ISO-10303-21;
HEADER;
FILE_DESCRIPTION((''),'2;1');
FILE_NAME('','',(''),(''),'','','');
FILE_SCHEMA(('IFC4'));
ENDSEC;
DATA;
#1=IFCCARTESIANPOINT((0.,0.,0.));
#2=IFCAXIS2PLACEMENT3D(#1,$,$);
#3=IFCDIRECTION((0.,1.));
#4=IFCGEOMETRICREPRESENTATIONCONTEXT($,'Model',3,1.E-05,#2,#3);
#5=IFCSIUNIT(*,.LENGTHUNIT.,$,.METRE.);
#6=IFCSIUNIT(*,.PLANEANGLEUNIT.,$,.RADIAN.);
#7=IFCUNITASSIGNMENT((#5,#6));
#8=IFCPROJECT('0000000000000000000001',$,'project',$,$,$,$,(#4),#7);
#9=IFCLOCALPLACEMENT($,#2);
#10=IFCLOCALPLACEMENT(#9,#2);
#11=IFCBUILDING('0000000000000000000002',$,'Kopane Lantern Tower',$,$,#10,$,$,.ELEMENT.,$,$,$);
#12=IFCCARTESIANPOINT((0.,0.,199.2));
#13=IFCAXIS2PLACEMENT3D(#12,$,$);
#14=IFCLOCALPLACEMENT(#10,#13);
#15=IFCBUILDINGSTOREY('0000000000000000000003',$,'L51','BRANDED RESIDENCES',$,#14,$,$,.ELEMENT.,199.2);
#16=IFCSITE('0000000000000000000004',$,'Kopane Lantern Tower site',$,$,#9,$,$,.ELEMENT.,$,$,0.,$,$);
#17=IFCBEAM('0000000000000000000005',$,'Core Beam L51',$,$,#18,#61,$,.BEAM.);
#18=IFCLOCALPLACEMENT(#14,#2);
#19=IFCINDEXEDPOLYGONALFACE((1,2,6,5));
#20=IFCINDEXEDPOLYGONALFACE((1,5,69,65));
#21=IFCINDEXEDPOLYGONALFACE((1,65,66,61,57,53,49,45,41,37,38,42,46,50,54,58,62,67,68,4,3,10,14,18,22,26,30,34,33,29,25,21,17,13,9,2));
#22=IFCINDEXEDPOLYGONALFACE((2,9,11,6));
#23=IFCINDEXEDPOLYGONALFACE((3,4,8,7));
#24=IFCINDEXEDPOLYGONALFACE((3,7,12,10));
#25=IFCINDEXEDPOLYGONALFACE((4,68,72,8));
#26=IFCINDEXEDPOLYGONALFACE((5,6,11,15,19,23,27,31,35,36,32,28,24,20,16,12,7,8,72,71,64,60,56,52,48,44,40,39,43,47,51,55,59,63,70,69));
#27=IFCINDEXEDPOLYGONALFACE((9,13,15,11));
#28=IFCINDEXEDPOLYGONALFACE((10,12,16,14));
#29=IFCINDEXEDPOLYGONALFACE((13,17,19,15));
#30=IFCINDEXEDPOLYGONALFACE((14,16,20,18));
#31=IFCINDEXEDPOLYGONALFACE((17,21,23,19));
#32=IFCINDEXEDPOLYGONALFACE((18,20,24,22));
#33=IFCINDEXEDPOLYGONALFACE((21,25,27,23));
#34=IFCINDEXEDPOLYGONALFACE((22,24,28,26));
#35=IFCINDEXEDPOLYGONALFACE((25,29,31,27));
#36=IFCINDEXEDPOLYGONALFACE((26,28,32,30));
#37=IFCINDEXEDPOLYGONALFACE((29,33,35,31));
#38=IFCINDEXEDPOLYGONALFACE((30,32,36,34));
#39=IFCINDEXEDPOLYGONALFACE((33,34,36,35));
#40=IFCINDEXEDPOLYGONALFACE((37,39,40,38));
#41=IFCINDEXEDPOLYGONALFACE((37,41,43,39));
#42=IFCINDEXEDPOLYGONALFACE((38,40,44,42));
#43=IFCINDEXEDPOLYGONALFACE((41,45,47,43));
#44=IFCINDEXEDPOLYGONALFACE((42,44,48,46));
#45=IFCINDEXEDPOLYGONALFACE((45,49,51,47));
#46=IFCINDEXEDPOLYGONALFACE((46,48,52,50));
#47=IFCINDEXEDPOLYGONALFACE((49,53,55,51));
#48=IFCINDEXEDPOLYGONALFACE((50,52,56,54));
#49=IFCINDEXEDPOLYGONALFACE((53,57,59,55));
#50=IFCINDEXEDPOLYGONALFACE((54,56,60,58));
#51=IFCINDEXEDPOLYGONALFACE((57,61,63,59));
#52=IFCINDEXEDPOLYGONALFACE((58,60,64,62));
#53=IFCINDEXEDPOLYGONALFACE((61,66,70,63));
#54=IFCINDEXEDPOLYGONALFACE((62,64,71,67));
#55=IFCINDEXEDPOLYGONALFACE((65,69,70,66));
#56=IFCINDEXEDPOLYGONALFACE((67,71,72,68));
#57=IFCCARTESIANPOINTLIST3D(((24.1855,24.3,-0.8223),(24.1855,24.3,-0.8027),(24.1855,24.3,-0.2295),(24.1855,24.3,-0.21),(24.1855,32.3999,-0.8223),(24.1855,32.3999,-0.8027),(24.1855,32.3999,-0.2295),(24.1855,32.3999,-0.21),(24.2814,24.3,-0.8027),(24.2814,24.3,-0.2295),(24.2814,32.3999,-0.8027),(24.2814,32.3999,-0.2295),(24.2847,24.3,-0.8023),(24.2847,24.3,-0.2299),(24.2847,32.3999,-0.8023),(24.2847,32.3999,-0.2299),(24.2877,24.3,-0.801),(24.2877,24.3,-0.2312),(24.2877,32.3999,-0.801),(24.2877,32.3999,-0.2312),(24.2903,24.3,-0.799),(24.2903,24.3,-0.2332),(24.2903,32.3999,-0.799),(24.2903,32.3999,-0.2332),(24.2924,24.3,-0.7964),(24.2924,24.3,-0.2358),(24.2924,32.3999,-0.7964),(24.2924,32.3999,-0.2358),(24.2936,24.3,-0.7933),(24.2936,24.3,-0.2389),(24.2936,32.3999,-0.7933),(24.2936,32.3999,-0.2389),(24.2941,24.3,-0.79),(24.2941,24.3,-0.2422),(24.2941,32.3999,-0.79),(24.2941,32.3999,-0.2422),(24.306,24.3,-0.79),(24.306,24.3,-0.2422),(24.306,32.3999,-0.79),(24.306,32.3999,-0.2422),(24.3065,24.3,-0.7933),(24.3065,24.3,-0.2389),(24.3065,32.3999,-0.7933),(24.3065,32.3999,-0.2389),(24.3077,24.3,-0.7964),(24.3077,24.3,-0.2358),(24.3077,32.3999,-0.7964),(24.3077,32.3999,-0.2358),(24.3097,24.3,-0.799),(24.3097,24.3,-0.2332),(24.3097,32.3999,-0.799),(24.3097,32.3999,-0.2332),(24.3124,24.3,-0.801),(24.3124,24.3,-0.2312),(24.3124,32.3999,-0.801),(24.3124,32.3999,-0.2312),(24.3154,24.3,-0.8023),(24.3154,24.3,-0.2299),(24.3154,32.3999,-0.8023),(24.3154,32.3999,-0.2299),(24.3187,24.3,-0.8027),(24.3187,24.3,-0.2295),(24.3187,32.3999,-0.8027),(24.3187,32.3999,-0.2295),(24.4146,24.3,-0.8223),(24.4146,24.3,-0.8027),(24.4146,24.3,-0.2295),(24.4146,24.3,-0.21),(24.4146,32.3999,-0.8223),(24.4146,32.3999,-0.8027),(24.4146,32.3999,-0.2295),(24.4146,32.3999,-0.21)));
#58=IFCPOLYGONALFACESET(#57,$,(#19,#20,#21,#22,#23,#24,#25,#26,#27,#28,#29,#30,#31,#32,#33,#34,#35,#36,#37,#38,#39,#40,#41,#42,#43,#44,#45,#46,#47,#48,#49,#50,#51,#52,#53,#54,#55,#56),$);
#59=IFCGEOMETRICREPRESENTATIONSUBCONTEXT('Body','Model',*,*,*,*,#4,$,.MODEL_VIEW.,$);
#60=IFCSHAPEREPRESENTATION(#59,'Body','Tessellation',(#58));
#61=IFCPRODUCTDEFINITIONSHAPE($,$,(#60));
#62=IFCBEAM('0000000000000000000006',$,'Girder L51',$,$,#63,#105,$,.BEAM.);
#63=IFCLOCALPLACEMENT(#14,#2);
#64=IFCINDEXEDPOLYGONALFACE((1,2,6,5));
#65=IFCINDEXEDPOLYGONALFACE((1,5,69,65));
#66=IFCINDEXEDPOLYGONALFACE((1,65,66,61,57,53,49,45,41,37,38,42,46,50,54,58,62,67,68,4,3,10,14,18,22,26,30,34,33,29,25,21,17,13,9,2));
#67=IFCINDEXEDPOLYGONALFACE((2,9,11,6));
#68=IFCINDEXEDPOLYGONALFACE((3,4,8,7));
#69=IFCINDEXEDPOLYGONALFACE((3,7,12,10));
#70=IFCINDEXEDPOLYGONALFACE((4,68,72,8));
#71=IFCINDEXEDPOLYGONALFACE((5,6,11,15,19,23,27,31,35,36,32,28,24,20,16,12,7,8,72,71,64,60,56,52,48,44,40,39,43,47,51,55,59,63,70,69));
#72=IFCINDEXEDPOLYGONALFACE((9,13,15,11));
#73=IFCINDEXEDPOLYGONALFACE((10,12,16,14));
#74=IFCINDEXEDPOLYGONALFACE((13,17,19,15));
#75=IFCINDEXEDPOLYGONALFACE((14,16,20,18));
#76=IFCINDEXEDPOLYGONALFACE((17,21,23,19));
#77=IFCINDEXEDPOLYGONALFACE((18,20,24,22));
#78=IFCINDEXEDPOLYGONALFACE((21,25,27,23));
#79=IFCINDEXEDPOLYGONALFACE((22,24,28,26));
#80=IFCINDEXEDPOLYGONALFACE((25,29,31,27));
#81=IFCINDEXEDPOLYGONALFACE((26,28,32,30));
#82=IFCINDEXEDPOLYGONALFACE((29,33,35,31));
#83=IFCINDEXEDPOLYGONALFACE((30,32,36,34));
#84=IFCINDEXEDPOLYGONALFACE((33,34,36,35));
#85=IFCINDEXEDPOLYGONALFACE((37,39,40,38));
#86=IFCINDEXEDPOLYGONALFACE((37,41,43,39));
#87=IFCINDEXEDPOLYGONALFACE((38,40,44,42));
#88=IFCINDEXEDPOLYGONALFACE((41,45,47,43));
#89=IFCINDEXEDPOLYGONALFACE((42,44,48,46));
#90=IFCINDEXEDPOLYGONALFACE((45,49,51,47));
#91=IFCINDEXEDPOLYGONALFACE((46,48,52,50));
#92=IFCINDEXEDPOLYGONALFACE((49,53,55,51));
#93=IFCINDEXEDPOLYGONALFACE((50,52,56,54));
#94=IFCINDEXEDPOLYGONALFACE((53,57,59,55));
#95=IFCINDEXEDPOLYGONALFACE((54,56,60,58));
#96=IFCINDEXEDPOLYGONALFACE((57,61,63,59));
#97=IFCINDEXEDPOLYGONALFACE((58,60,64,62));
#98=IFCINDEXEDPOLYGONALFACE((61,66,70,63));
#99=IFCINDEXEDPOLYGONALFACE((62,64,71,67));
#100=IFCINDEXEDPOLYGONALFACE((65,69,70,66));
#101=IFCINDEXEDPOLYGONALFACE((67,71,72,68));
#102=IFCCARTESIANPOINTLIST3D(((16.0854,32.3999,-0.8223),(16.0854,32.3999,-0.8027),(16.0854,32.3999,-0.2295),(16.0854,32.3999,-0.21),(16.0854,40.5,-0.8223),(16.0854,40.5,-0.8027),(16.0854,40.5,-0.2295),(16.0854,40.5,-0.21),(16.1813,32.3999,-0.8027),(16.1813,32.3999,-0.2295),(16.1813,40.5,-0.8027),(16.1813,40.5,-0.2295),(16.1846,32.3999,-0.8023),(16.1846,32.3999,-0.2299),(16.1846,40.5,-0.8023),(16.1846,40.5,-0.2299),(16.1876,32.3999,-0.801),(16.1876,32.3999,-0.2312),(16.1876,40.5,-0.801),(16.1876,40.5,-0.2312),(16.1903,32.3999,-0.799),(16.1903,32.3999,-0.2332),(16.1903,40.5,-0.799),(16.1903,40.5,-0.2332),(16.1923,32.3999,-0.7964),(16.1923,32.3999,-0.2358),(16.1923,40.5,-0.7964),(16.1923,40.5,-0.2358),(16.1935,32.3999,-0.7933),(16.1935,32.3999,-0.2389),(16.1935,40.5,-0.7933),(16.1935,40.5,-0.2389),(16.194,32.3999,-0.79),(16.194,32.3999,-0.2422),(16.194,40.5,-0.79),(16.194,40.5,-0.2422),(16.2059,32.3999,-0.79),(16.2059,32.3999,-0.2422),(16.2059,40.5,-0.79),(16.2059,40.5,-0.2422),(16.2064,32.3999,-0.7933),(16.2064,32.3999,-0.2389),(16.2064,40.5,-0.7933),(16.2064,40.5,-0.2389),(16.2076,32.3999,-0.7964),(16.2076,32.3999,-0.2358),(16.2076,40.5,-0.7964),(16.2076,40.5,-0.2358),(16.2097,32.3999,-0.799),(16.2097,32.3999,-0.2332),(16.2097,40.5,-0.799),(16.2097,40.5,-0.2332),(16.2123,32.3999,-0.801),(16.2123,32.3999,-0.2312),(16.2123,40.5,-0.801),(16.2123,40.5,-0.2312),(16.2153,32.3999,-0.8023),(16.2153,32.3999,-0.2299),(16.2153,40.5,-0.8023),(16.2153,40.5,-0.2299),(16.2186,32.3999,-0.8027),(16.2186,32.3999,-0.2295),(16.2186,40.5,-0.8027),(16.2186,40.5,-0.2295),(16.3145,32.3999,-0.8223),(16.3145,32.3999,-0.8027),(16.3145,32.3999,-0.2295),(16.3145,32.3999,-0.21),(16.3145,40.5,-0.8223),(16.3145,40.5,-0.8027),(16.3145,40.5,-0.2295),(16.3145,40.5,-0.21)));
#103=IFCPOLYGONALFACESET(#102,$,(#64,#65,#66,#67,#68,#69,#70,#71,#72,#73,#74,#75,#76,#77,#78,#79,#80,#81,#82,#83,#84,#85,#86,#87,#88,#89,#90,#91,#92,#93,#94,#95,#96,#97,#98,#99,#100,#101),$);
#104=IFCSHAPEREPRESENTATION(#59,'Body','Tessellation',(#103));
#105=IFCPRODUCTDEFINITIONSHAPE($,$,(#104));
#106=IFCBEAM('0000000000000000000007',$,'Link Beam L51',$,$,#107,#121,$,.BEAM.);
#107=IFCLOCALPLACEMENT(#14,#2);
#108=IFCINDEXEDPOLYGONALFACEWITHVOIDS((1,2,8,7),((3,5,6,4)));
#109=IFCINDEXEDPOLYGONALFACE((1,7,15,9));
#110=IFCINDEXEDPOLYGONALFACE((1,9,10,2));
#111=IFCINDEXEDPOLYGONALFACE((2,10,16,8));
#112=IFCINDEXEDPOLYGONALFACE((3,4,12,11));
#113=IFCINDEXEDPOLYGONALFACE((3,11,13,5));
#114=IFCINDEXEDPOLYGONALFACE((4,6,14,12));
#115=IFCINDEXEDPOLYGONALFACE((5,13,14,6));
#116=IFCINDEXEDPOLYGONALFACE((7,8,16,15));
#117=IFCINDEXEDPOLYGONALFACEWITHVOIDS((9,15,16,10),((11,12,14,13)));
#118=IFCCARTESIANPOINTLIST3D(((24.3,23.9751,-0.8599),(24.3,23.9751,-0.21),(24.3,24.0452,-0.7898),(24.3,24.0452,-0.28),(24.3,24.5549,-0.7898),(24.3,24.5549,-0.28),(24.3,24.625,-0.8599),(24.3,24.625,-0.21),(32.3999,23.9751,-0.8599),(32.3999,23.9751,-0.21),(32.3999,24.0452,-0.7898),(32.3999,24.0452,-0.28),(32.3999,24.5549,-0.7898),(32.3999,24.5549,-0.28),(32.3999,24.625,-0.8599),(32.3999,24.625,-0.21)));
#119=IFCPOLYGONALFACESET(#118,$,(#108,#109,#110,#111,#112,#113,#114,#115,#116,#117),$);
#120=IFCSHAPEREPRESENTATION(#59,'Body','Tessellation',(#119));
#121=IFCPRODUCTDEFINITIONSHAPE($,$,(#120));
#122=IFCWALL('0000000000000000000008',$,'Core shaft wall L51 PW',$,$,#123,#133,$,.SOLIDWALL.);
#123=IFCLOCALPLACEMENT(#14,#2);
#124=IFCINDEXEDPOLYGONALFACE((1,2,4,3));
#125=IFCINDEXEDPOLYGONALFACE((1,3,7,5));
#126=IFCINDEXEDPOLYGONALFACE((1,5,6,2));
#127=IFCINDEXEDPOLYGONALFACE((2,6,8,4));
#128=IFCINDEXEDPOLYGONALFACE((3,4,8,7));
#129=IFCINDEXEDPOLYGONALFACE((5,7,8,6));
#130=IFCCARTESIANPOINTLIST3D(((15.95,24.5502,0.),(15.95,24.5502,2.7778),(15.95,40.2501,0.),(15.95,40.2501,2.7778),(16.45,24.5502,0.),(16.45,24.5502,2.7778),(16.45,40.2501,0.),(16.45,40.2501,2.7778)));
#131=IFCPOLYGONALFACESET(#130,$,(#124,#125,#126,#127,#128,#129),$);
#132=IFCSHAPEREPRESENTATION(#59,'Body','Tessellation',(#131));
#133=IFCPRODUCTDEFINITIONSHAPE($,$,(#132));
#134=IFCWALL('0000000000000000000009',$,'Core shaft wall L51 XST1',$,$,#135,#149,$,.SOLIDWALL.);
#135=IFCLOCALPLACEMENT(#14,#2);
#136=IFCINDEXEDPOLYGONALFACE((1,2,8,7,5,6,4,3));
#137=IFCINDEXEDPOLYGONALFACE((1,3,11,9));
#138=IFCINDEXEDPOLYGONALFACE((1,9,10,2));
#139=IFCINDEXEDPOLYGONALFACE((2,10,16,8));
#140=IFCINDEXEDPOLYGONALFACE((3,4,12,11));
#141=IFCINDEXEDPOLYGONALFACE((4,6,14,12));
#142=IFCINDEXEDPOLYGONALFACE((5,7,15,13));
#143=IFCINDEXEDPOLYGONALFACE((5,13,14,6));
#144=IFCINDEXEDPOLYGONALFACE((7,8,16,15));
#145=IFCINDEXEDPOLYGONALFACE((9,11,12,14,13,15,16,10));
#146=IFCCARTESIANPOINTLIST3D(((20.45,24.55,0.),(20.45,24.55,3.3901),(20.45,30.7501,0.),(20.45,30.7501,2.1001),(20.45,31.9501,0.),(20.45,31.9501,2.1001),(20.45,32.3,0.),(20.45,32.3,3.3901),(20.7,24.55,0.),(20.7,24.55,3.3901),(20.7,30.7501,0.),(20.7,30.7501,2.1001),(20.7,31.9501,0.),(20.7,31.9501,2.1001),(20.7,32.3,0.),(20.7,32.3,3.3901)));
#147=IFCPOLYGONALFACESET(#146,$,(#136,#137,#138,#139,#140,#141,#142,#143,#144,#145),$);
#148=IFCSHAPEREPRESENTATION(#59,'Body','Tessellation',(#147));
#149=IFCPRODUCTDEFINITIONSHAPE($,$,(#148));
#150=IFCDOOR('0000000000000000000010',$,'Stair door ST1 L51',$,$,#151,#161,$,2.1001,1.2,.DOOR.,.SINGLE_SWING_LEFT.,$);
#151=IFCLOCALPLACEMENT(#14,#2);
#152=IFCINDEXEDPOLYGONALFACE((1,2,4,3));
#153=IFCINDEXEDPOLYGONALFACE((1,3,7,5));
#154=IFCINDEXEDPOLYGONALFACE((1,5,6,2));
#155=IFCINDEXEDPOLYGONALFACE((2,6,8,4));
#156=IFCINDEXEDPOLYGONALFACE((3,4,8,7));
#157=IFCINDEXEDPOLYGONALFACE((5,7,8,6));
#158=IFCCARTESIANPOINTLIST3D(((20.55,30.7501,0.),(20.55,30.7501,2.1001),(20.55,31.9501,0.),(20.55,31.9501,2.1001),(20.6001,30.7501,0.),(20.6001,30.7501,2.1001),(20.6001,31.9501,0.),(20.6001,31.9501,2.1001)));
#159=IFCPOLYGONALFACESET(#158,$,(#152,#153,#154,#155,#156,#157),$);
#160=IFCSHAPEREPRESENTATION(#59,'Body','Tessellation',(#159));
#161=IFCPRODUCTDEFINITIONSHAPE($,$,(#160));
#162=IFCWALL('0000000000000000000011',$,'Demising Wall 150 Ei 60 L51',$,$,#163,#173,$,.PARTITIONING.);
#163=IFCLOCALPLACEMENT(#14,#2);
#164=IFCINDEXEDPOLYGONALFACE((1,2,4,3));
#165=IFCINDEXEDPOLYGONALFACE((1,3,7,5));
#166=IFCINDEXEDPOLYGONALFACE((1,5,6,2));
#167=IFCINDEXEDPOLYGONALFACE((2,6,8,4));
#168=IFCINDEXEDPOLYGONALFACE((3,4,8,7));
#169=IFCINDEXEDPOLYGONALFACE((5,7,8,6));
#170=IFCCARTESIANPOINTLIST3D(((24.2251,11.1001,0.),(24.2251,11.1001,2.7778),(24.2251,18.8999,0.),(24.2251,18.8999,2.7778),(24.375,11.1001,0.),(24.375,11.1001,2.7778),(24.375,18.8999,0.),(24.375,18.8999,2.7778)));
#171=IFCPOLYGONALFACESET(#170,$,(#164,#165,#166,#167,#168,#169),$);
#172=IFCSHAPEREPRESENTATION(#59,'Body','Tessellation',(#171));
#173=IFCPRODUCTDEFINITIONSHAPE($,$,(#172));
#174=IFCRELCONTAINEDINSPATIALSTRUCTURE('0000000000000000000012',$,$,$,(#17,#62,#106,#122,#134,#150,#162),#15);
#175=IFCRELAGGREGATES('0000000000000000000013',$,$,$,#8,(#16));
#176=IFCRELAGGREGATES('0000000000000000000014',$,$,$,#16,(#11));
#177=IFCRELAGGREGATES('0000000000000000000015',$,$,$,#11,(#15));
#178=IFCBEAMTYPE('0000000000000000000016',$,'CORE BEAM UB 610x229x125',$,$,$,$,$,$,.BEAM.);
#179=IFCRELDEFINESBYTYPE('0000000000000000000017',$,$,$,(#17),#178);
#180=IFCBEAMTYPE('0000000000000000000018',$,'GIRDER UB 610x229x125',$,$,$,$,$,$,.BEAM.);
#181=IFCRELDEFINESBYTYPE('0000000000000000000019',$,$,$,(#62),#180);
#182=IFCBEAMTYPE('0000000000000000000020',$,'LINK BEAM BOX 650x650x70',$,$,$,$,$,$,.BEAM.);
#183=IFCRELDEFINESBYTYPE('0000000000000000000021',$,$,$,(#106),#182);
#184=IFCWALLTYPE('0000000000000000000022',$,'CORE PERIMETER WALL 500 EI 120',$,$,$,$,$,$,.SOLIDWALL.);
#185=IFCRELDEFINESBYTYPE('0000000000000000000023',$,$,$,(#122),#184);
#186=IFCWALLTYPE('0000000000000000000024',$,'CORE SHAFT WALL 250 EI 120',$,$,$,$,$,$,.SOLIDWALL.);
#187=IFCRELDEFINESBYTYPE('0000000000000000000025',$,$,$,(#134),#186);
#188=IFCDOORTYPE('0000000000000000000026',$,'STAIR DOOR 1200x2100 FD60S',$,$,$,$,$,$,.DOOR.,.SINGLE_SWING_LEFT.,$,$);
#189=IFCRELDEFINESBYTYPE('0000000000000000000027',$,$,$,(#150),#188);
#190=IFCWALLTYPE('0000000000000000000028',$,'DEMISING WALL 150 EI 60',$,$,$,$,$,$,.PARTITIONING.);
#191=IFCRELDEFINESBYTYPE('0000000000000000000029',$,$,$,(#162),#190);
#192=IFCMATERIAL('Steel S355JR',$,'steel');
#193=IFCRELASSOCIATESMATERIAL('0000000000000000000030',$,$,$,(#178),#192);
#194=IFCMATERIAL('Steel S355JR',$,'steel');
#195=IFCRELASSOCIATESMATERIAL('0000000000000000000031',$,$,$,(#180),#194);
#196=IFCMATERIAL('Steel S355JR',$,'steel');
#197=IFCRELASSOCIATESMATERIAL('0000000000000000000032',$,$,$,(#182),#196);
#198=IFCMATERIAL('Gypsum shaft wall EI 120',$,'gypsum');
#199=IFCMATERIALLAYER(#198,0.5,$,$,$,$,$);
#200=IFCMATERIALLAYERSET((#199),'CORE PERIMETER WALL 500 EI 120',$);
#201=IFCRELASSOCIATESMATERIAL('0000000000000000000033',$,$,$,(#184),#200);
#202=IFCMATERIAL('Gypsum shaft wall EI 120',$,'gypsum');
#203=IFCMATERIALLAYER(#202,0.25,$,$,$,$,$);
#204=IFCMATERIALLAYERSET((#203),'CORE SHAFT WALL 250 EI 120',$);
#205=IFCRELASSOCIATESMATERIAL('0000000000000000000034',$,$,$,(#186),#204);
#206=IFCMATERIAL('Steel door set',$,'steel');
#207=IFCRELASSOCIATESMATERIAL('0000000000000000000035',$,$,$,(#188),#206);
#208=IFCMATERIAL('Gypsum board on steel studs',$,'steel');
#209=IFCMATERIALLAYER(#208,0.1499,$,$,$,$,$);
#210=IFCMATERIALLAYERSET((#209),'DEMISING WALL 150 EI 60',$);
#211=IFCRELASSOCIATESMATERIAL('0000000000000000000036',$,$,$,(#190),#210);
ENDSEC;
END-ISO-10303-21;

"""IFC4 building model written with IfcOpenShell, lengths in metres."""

from ifc_helpers import new_model, si_unit, direction, frame, frame_2d, origin, origin_2d, place, context, subcontext, project, spatial, rectangle, hollow_rectangle, i_section, extrude, material, layer, layer_set, material_profile, profile_set, type_object, element, fill, save


model = new_model("IFC4")

# Units and contexts
model_context = context("Model", 3, precision=1e-05, world=origin(), true_north=direction((0.0, 1.0)))
body_context = subcontext(model_context, "Body", "Model", "MODEL_VIEW")
ifc_project = project(units=[si_unit("LENGTHUNIT", "METRE"), si_unit("PLANEANGLEUNIT", "RADIAN")], contexts=[model_context])

# Site, building, storey
site_placement = place(None, origin())
site = spatial("IfcSite", under=ifc_project, at=site_placement, Name="Kopane Lantern Tower site", CompositionType="ELEMENT", RefElevation=0.0)
building_placement = place(site_placement, origin())
building = spatial("IfcBuilding", under=site, at=building_placement, Name="Kopane Lantern Tower", CompositionType="ELEMENT")
storey_placement = place(building_placement, frame((0.0, 0.0, 199.2)))
storey = spatial("IfcBuildingStorey", under=building, at=storey_placement, Name="L51", Description="BRANDED RESIDENCES", CompositionType="ELEMENT", Elevation=199.2)

# Beams
ifc_material_1 = material(Name="Steel S355JR", Category="steel")
ifc_material_profile_1 = material_profile(ifc_material_1, i_section(OverallWidth=0.229, OverallDepth=0.6123, WebThickness=0.012, FlangeThickness=0.0195, FilletRadius=0.0127, at=origin_2d()), Name="UB 610x229x125")
ifc_profile_set_1 = profile_set([ifc_material_profile_1], Name="Steel S355JR")
beam_type_1 = type_object("IfcBeamType", Name="CORE BEAM UB 610x229x125", PredefinedType="BEAM", material=ifc_profile_set_1)
beam_1_placement = place(storey_placement, frame((24.3, 24.3, -0.5161), z_axis=(0.0, 1.0, 0.0), x_axis=(-1.0, 0.0, 0.0)))
element("IfcBeam", 1, at=beam_1_placement, inside=storey, type_object=beam_type_1, Name="Core Beam L51", PredefinedType="BEAM", context=body_context, shape_type="SweptSolid", body=[
    extrude(i_section(OverallWidth=0.229, OverallDepth=0.6123, WebThickness=0.012, FlangeThickness=0.0195, FilletRadius=0.0127, at=origin_2d()), origin(), (0.0, 0.0, 1.0), 8.0999),
])
ifc_material_2 = material(Name="Steel S355JR", Category="steel")
ifc_material_profile_2 = material_profile(ifc_material_2, i_section(OverallWidth=0.229, OverallDepth=0.6123, WebThickness=0.012, FlangeThickness=0.0195, FilletRadius=0.0127, at=origin_2d()), Name="UB 610x229x125")
ifc_profile_set_2 = profile_set([ifc_material_profile_2], Name="Steel S355JR")
beam_type_2 = type_object("IfcBeamType", Name="GIRDER UB 610x229x125", PredefinedType="BEAM", material=ifc_profile_set_2)
beam_2_placement = place(storey_placement, frame((16.2, 32.3999, -0.5161), z_axis=(0.0, 1.0, 0.0), x_axis=(-1.0, 0.0, 0.0)))
element("IfcBeam", 2, at=beam_2_placement, inside=storey, type_object=beam_type_2, Name="Girder L51", PredefinedType="BEAM", context=body_context, shape_type="SweptSolid", body=[
    extrude(i_section(OverallWidth=0.229, OverallDepth=0.6123, WebThickness=0.012, FlangeThickness=0.0195, FilletRadius=0.0127, at=origin_2d()), origin(), (0.0, 0.0, 1.0), 8.1001),
])
ifc_material_3 = material(Name="Steel S355JR", Category="steel")
ifc_material_profile_3 = material_profile(ifc_material_3, hollow_rectangle(XDim=0.6499, YDim=0.6499, WallThickness=0.0701, at=origin_2d()), Name="BOX 650x650x70")
ifc_profile_set_3 = profile_set([ifc_material_profile_3], Name="Steel S355JR")
beam_type_3 = type_object("IfcBeamType", Name="LINK BEAM BOX 650x650x70", PredefinedType="BEAM", material=ifc_profile_set_3)
beam_3_placement = place(storey_placement, frame((24.3, 24.3, -0.5349), z_axis=(1.0, 0.0, 0.0), x_axis=(0.0, 1.0, 0.0)))
element("IfcBeam", 3, at=beam_3_placement, inside=storey, type_object=beam_type_3, Name="Link Beam L51", PredefinedType="BEAM", context=body_context, shape_type="SweptSolid", body=[
    extrude(hollow_rectangle(XDim=0.6499, YDim=0.6499, WallThickness=0.0701, at=origin_2d()), origin(), (0.0, 0.0, 1.0), 8.0999),
])

# Wall
ifc_material_4 = material(Name="Gypsum shaft wall EI 120", Category="gypsum")
ifc_layer_1 = layer(ifc_material_4, 0.5)
ifc_layer_set_1 = layer_set([ifc_layer_1], Name="CORE PERIMETER WALL 500 EI 120")
wall_type_1 = type_object("IfcWallType", Name="CORE PERIMETER WALL 500 EI 120", PredefinedType="SOLIDWALL", material=ifc_layer_set_1)
wall_1_placement = place(storey_placement, frame((16.2, 24.55, 0.0), z_axis=(0.0, 0.0, 1.0), x_axis=(0.0, 1.0, 0.0)))
element("IfcWall", 4, at=wall_1_placement, inside=storey, type_object=wall_type_1, Name="Core shaft wall L51 PW", PredefinedType="SOLIDWALL", context=body_context, shape_type="SweptSolid", body=[
    extrude(rectangle(XDim=15.7, YDim=0.5, at=frame_2d((7.8501, 0.0))), origin(), (0.0, 0.0, 1.0), 2.7778),
])

# Wall, opening, door
ifc_material_5 = material(Name="Gypsum shaft wall EI 120", Category="gypsum")
ifc_layer_2 = layer(ifc_material_5, 0.25)
ifc_layer_set_2 = layer_set([ifc_layer_2], Name="CORE SHAFT WALL 250 EI 120")
wall_type_2 = type_object("IfcWallType", Name="CORE SHAFT WALL 250 EI 120", PredefinedType="SOLIDWALL", material=ifc_layer_set_2)
wall_2_placement = place(storey_placement, frame((20.575, 24.55, 0.0), z_axis=(0.0, 0.0, 1.0), x_axis=(0.0, 1.0, 0.0)))
wall_2 = element("IfcWall", 5, at=wall_2_placement, inside=storey, type_object=wall_type_2, Name="Core shaft wall L51 XST1", PredefinedType="SOLIDWALL", context=body_context, shape_type="SweptSolid", body=[
    extrude(rectangle(XDim=7.75, YDim=0.25, at=frame_2d((3.875, 0.0))), origin(), (0.0, 0.0, 1.0), 3.3901),
])
opening_1_placement = place(wall_2_placement, frame((6.2, 0.0, 0.0)))
opening_1 = element("IfcOpeningElement", 6, at=opening_1_placement, cuts=wall_2, PredefinedType="OPENING", context=body_context, shape_type="SweptSolid", body=[
    extrude(rectangle(XDim=1.2, YDim=2.1001, at=frame_2d((0.6001, 1.05))), frame((0.0, 0.135, 0.0), z_axis=(0.0, -1.0, 0.0), x_axis=(1.0, 0.0, 0.0)), (0.0, 0.0, 1.0), 0.27),
])
ifc_material_6 = material(Name="Steel door set", Category="steel")
door_type_1 = type_object("IfcDoorType", Name="STAIR DOOR 1200x2100 FD60S", OperationType="SINGLE_SWING_LEFT", PredefinedType="DOOR", material=ifc_material_6)
door_1_placement = place(opening_1_placement, origin())
door_1 = element("IfcDoor", 7, at=door_1_placement, inside=storey, type_object=door_type_1, Name="Stair door ST1 L51", OperationType="SINGLE_SWING_LEFT", OverallHeight=2.1001, OverallWidth=1.2, PredefinedType="DOOR", context=body_context, shape_type="SweptSolid", body=[
    extrude(rectangle(XDim=1.2, YDim=2.1001, at=frame_2d((0.6001, 1.05))), frame((0.0, 0.0249, 0.0), z_axis=(0.0, -1.0, 0.0), x_axis=(1.0, 0.0, 0.0)), (0.0, 0.0, 1.0), 0.05),
])
fill(opening_1, door_1)

# Wall
ifc_material_7 = material(Name="Gypsum board on steel studs", Category="steel")
ifc_layer_3 = layer(ifc_material_7, 0.1499)
ifc_layer_set_3 = layer_set([ifc_layer_3], Name="DEMISING WALL 150 EI 60")
wall_type_3 = type_object("IfcWallType", Name="DEMISING WALL 150 EI 60", PredefinedType="PARTITIONING", material=ifc_layer_set_3)
wall_3_placement = place(storey_placement, frame((24.3, 18.8999, 0.0), z_axis=(0.0, 0.0, 1.0), x_axis=(0.0, -1.0, 0.0)))
element("IfcWall", 8, at=wall_3_placement, inside=storey, type_object=wall_type_3, Name="Demising Wall 150 Ei 60 L51", PredefinedType="PARTITIONING", context=body_context, shape_type="SweptSolid", body=[
    extrude(rectangle(XDim=7.7998, YDim=0.1499, at=frame_2d((3.8999, 0.0))), origin(), (0.0, 0.0, 1.0), 2.7778),
])

save(model, "model.ifc")
